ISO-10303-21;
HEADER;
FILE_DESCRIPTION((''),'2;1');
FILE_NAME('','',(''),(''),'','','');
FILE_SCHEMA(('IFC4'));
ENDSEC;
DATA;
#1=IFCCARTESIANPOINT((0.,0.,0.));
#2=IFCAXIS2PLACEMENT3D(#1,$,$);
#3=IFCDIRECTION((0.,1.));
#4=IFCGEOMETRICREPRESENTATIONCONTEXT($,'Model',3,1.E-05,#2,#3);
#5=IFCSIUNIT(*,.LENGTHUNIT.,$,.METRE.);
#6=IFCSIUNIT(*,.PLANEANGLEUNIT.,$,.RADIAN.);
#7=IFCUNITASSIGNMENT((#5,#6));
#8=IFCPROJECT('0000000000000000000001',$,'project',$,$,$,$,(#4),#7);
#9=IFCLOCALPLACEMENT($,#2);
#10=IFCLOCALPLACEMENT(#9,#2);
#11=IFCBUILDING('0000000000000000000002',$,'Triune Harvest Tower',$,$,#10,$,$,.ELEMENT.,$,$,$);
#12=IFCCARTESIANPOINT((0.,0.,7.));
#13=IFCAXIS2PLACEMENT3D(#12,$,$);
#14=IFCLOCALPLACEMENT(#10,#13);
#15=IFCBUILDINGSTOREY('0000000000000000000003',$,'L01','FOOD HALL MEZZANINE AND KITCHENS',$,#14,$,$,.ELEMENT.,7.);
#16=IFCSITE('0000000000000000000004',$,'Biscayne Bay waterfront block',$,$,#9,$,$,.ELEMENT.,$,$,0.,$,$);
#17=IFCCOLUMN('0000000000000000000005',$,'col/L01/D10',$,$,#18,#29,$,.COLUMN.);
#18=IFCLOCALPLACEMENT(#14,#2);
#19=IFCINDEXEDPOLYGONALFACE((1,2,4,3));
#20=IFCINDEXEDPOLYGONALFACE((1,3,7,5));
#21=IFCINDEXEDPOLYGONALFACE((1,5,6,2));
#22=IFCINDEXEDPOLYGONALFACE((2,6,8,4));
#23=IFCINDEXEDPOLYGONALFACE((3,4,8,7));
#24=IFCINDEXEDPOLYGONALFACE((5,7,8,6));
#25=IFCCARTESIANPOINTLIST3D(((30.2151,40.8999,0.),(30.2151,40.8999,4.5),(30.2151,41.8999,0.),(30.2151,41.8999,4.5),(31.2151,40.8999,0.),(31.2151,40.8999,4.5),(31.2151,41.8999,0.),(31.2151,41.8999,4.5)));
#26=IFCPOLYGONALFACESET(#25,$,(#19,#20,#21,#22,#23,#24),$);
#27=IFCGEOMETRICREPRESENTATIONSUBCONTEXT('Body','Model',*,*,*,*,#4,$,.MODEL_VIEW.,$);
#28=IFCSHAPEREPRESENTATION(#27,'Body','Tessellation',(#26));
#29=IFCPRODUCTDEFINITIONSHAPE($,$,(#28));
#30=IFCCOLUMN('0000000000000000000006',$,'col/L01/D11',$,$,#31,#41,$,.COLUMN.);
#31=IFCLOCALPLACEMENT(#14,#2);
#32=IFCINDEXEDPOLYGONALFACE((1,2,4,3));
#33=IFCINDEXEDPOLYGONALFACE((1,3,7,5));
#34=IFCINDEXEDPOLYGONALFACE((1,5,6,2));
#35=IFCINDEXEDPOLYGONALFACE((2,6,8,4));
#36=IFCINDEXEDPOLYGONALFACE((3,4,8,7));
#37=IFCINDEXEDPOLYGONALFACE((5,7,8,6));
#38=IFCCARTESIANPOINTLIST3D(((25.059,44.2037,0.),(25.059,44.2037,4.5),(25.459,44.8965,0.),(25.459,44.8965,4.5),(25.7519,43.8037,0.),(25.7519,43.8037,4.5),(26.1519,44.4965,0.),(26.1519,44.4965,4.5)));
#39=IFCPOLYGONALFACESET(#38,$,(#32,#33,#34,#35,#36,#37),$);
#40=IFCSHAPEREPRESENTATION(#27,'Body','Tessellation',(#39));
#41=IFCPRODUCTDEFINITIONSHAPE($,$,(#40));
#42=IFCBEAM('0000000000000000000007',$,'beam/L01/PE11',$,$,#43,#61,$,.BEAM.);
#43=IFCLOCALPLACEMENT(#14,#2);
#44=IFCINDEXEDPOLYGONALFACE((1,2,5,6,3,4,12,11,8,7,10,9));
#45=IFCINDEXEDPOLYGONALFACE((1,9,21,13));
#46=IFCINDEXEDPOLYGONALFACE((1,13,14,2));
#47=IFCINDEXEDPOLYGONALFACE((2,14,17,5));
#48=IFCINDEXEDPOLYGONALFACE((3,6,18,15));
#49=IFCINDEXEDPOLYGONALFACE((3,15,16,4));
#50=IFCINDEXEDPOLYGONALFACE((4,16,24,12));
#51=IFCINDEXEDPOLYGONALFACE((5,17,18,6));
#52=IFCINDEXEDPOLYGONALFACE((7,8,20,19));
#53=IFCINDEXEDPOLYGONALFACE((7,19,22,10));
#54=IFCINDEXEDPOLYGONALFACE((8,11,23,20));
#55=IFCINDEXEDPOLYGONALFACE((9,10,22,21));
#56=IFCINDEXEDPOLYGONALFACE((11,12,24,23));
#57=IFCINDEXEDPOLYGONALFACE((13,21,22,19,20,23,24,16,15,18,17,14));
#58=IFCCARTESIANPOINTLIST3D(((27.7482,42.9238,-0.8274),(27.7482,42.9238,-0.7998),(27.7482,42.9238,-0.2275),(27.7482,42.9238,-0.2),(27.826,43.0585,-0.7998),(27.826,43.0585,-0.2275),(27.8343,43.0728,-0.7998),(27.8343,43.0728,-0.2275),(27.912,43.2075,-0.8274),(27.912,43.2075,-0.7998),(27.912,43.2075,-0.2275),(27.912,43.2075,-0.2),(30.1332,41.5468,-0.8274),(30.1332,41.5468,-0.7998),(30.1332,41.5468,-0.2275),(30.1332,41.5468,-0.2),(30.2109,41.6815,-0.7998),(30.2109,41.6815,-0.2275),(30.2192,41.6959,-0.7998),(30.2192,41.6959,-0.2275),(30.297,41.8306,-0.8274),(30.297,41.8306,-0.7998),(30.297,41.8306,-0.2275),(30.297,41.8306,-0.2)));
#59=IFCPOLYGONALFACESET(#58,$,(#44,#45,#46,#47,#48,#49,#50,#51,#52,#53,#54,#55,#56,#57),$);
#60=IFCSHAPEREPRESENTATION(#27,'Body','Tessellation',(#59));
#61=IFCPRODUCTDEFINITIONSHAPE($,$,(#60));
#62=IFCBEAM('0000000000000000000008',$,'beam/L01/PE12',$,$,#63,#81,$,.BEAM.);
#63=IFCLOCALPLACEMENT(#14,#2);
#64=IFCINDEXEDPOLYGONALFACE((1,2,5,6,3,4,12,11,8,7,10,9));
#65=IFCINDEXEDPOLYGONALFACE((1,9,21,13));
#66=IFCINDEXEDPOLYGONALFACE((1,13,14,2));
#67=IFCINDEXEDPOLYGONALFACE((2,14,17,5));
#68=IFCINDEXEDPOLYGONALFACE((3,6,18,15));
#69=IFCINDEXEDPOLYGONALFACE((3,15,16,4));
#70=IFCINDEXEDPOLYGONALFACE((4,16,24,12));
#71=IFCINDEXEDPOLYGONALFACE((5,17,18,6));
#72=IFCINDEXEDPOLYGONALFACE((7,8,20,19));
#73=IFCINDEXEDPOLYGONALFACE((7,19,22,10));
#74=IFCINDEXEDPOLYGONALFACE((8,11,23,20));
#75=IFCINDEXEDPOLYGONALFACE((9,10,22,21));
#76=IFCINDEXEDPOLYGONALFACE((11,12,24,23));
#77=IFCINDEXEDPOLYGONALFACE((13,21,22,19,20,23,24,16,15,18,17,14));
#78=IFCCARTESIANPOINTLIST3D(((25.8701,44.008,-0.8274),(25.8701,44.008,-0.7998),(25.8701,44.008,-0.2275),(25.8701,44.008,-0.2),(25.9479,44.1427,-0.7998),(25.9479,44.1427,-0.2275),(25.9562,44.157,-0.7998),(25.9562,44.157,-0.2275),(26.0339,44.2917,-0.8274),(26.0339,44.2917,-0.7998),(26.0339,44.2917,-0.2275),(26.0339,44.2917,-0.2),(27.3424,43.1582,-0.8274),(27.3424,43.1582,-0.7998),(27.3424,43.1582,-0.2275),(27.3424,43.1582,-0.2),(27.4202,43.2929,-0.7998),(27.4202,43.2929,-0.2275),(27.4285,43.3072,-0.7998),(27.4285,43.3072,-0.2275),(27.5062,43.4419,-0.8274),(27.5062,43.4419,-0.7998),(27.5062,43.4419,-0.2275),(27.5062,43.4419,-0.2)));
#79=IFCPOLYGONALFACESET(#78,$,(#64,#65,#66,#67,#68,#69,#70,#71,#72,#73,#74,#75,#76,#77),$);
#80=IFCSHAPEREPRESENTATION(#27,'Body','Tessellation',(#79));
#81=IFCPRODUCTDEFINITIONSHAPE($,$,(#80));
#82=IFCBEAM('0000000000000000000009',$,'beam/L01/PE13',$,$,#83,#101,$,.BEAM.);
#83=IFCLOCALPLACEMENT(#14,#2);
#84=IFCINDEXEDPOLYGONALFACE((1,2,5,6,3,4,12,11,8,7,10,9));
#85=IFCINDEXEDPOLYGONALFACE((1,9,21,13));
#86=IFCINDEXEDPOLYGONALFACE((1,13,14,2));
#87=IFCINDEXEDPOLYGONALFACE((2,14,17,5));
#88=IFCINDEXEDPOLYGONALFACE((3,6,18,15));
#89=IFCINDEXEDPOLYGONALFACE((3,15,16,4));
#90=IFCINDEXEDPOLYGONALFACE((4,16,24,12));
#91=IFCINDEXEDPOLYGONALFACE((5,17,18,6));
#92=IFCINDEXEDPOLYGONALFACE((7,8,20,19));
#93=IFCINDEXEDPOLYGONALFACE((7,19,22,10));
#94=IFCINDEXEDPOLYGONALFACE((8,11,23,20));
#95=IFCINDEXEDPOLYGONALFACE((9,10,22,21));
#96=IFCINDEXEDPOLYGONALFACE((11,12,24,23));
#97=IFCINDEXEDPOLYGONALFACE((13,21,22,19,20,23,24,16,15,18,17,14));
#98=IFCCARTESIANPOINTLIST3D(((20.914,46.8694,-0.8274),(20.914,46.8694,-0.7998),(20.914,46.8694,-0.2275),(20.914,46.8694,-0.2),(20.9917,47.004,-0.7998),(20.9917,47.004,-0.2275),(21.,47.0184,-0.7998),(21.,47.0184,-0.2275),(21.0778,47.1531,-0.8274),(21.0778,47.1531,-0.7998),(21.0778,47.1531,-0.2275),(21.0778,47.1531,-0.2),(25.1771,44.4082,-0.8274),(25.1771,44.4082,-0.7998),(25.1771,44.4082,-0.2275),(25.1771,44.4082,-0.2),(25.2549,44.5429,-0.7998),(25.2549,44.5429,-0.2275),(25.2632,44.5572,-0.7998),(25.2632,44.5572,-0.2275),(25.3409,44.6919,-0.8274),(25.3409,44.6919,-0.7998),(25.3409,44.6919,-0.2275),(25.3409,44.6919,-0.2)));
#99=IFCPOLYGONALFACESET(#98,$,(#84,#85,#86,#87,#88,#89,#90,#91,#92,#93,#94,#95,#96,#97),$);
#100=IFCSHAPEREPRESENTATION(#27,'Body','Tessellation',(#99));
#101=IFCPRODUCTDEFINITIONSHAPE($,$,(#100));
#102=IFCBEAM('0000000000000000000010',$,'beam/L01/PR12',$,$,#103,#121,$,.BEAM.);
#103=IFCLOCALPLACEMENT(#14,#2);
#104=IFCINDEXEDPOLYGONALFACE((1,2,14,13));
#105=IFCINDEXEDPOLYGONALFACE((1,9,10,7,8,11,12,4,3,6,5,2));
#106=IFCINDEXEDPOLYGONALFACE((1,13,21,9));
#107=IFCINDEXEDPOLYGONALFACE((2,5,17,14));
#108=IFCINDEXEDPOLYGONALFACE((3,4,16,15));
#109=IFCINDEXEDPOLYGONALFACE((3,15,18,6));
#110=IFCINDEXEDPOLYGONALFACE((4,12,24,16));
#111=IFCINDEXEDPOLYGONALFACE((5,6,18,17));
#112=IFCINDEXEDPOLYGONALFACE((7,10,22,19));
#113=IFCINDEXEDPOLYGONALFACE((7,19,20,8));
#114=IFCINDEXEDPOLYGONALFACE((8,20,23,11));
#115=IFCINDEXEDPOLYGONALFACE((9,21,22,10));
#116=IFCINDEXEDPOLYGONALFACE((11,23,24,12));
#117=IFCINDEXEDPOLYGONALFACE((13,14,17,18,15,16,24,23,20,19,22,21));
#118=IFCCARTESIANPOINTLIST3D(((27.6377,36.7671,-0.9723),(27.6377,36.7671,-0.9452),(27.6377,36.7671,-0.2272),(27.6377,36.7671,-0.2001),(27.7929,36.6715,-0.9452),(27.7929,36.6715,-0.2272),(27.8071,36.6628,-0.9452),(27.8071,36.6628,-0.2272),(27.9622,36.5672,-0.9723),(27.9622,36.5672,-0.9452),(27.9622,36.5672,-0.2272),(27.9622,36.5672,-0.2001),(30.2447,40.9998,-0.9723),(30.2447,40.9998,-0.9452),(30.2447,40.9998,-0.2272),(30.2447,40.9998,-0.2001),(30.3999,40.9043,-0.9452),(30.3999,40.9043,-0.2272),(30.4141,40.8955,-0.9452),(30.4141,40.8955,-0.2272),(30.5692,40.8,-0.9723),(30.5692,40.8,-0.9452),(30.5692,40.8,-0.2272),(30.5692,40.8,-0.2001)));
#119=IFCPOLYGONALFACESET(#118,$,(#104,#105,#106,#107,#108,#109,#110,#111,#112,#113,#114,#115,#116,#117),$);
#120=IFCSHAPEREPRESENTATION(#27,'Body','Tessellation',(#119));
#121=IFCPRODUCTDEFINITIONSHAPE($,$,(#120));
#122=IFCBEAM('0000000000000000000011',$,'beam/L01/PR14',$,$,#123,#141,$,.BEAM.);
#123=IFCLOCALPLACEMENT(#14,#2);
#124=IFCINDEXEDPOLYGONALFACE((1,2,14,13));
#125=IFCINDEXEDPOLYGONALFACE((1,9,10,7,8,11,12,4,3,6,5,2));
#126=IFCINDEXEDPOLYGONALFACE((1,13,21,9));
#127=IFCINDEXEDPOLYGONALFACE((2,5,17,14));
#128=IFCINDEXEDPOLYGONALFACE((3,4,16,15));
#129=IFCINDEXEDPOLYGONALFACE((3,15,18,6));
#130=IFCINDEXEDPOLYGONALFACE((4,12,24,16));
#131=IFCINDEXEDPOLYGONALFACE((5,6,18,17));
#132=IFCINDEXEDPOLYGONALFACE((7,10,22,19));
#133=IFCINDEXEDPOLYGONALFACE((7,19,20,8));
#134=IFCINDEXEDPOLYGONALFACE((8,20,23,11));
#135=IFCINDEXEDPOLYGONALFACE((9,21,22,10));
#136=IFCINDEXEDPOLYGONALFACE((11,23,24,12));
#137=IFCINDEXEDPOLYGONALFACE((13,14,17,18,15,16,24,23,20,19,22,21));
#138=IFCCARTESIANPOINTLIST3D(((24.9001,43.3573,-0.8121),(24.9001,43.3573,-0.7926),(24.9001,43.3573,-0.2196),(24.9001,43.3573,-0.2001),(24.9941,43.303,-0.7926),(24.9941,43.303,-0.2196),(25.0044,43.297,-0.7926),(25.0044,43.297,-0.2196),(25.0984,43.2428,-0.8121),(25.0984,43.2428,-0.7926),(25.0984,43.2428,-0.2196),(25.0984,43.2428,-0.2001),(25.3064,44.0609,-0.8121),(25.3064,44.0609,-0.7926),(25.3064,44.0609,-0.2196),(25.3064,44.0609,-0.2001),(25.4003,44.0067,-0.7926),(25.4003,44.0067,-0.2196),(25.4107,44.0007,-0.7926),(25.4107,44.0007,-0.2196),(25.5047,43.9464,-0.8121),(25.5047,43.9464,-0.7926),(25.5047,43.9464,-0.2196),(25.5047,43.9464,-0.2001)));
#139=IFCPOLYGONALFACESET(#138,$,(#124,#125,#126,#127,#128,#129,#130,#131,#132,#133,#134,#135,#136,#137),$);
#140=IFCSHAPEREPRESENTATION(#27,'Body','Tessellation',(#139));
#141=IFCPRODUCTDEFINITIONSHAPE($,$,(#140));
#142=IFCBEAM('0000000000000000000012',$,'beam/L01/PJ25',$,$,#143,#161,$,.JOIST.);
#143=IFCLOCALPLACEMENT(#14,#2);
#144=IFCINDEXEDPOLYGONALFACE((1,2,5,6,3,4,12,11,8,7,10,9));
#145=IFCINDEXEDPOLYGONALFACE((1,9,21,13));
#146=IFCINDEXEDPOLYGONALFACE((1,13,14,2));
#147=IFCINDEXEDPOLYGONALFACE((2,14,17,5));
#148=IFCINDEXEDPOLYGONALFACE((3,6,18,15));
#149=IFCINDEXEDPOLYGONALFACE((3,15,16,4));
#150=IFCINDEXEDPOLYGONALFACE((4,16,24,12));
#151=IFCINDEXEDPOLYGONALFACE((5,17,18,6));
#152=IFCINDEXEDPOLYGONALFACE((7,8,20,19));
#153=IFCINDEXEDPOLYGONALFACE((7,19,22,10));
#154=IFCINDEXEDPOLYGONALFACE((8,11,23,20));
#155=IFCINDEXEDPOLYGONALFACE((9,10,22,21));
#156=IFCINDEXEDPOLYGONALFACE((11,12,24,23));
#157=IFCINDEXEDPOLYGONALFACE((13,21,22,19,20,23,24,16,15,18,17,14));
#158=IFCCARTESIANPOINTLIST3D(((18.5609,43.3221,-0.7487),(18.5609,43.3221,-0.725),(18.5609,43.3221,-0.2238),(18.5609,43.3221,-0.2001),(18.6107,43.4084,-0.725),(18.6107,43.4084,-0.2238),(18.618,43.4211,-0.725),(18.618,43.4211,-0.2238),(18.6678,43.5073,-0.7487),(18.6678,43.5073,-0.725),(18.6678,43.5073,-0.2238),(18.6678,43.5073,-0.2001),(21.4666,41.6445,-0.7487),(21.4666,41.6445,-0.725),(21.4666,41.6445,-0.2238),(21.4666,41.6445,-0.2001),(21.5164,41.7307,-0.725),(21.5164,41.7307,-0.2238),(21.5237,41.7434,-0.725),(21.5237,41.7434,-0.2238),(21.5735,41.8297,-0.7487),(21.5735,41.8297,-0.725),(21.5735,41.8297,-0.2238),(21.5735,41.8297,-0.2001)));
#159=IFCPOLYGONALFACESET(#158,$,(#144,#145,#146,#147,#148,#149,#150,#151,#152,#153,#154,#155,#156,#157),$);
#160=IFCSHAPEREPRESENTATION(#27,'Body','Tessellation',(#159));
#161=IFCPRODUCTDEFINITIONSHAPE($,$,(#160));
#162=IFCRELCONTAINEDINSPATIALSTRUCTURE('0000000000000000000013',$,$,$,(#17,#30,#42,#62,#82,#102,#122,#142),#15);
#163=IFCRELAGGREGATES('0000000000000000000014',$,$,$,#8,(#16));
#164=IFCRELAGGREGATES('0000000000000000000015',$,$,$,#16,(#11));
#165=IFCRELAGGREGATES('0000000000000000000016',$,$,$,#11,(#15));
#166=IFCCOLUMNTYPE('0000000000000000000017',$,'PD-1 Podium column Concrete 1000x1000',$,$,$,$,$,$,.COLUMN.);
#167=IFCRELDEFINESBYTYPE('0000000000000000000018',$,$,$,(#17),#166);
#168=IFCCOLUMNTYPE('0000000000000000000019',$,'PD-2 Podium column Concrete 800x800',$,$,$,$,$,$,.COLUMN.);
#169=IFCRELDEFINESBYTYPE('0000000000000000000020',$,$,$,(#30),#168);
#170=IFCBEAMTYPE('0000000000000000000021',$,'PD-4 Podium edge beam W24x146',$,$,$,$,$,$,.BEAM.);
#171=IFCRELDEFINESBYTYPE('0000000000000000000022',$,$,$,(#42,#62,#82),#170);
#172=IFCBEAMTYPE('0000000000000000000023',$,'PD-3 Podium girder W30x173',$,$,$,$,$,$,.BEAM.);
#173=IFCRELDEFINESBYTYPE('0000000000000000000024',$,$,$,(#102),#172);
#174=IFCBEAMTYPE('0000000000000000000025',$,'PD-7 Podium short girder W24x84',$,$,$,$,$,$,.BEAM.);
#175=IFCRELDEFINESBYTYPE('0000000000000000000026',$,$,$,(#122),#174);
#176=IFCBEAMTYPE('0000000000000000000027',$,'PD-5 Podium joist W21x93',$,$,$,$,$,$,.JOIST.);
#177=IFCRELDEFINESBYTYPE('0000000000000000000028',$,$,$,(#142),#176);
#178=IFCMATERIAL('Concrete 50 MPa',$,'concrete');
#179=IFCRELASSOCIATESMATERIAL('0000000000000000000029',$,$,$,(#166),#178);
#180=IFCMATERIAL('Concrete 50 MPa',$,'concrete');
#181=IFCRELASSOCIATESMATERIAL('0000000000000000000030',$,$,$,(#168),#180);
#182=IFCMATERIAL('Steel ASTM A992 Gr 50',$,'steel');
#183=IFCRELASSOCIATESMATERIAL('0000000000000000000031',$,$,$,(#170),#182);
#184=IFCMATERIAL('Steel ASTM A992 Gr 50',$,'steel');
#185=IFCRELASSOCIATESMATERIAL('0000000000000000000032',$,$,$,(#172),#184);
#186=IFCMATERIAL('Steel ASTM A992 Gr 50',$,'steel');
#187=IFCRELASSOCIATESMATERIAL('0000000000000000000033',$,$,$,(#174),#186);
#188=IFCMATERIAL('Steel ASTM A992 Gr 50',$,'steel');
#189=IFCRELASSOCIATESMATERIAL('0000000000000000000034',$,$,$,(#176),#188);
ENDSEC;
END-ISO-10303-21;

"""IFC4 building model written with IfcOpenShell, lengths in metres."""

from ifc_helpers import new_model, si_unit, direction, frame, origin, origin_2d, place, context, subcontext, project, spatial, rectangle, i_section, extrude, source, transform, mapped, material, material_profile, profile_set, type_object, element, save


model = new_model("IFC4")

# Units and contexts
model_context = context("Model", 3, precision=1e-05, world=origin(), true_north=direction((0.0, 1.0)))
body_context = subcontext(model_context, "Body", "Model", "MODEL_VIEW")
ifc_project = project(units=[si_unit("LENGTHUNIT", "METRE"), si_unit("PLANEANGLEUNIT", "RADIAN")], contexts=[model_context])

# Site, building, storey
site_placement = place(None, origin())
site = spatial("IfcSite", under=ifc_project, at=site_placement, Name="Biscayne Bay waterfront block", CompositionType="ELEMENT", RefElevation=0.0)
building_placement = place(site_placement, origin())
building = spatial("IfcBuilding", under=site, at=building_placement, Name="Triune Harvest Tower", CompositionType="ELEMENT")
storey_placement = place(building_placement, frame((0.0, 0.0, 7.0)))
storey = spatial("IfcBuildingStorey", under=building, at=storey_placement, Name="L01", Description="FOOD HALL MEZZANINE AND KITCHENS", CompositionType="ELEMENT", Elevation=7.0)

# Columns
ifc_material_1 = material(Name="Concrete 50 MPa", Category="concrete")
ifc_material_profile_1 = material_profile(ifc_material_1, rectangle(XDim=1.0, YDim=1.0, at=origin_2d()), Name="Concrete 1000x1000")
ifc_profile_set_1 = profile_set([ifc_material_profile_1], Name="Concrete 50 MPa")
column_type_1 = type_object("IfcColumnType", Name="PD-1 Podium column Concrete 1000x1000", PredefinedType="COLUMN", material=ifc_profile_set_1)
shared_shape_1 = source(origin(), body_context, "Body", "SweptSolid", [
    extrude(rectangle(XDim=1.0, YDim=1.0, at=origin_2d()), origin(), (0.0, 0.0, 1.0), 4.5),
])
column_1_placement = place(storey_placement, frame((30.7151, 41.3999, 0.0), z_axis=(0.0, 0.0, 1.0), x_axis=(0.0, 1.0, 0.0)))
element("IfcColumn", 1, at=column_1_placement, inside=storey, type_object=column_type_1, Name="col/L01/D10", PredefinedType="COLUMN", context=body_context, shape_type="MappedRepresentation", body=[
    mapped(shared_shape_1, transform((0.0, 0.0, 0.0), scale=1.0)),
])
ifc_material_2 = material(Name="Concrete 50 MPa", Category="concrete")
ifc_material_profile_2 = material_profile(ifc_material_2, rectangle(XDim=0.8, YDim=0.8, at=origin_2d()), Name="Concrete 800x800")
ifc_profile_set_2 = profile_set([ifc_material_profile_2], Name="Concrete 50 MPa")
column_type_2 = type_object("IfcColumnType", Name="PD-2 Podium column Concrete 800x800", PredefinedType="COLUMN", material=ifc_profile_set_2)
shared_shape_2 = source(origin(), body_context, "Body", "SweptSolid", [
    extrude(rectangle(XDim=0.8, YDim=0.8, at=origin_2d()), origin(), (0.0, 0.0, 1.0), 4.5),
])
column_2_placement = place(storey_placement, frame((25.6055, 44.3501, 0.0), z_axis=(0.0, 0.0, 1.0), x_axis=(-0.866027, 0.499997, 0.0)))
element("IfcColumn", 2, at=column_2_placement, inside=storey, type_object=column_type_2, Name="col/L01/D11", PredefinedType="COLUMN", context=body_context, shape_type="MappedRepresentation", body=[
    mapped(shared_shape_2, transform((0.0, 0.0, 0.0), scale=1.0)),
])

# Beams
ifc_material_3 = material(Name="Steel ASTM A992 Gr 50", Category="steel")
ifc_material_profile_3 = material_profile(ifc_material_3, i_section(OverallWidth=0.3276, OverallDepth=0.6274, WebThickness=0.0166, FlangeThickness=0.0276, at=origin_2d()), Name="W24x146")
ifc_profile_set_3 = profile_set([ifc_material_profile_3], Name="Steel ASTM A992 Gr 50")
beam_type_1 = type_object("IfcBeamType", Name="PD-4 Podium edge beam W24x146", PredefinedType="BEAM", material=ifc_profile_set_3)
shared_shape_3 = source(origin(), body_context, "Body", "SweptSolid", [
    extrude(i_section(OverallWidth=0.3276, OverallDepth=0.6274, WebThickness=0.0166, FlangeThickness=0.0276, at=origin_2d()), origin(), (0.0, 0.0, 1.0), 2.7539),
])
beam_1_placement = place(storey_placement, frame((30.2151, 41.6887, -0.5137), z_axis=(-0.866031, 0.499991, 0.0), x_axis=(-0.499991, -0.866031, 0.0)))
element("IfcBeam", 3, at=beam_1_placement, inside=storey, type_object=beam_type_1, Name="beam/L01/PE11", PredefinedType="BEAM", context=body_context, shape_type="MappedRepresentation", body=[
    mapped(shared_shape_3, transform((0.0, 0.0, 0.0), scale=1.0)),
])
shared_shape_4 = source(origin(), body_context, "Body", "SweptSolid", [
    extrude(i_section(OverallWidth=0.3276, OverallDepth=0.6274, WebThickness=0.0166, FlangeThickness=0.0276, at=origin_2d()), origin(), (0.0, 0.0, 1.0), 1.7),
])
beam_2_placement = place(storey_placement, frame((27.4243, 43.3, -0.5137), z_axis=(-0.866088, 0.499892, 0.0), x_axis=(-0.499892, -0.866088, 0.0)))
element("IfcBeam", 4, at=beam_2_placement, inside=storey, type_object=beam_type_1, Name="beam/L01/PE12", PredefinedType="BEAM", context=body_context, shape_type="MappedRepresentation", body=[
    mapped(shared_shape_4, transform((0.0, 0.0, 0.0), scale=1.0)),
])
shared_shape_5 = source(origin(), body_context, "Body", "SweptSolid", [
    extrude(i_section(OverallWidth=0.3276, OverallDepth=0.6274, WebThickness=0.0166, FlangeThickness=0.0276, at=origin_2d()), origin(), (0.0, 0.0, 1.0), 4.9226),
])
beam_3_placement = place(storey_placement, frame((25.259, 44.55, -0.5137), z_axis=(-0.86604, 0.499974, 0.0), x_axis=(-0.499974, -0.86604, 0.0)))
element("IfcBeam", 5, at=beam_3_placement, inside=storey, type_object=beam_type_1, Name="beam/L01/PE13", PredefinedType="BEAM", context=body_context, shape_type="MappedRepresentation", body=[
    mapped(shared_shape_5, transform((0.0, 0.0, 0.0), scale=1.0)),
])
ifc_material_4 = material(Name="Steel ASTM A992 Gr 50", Category="steel")
ifc_material_profile_4 = material_profile(ifc_material_4, i_section(OverallWidth=0.3811, OverallDepth=0.7722, WebThickness=0.0166, FlangeThickness=0.0271, at=origin_2d()), Name="W30x173")
ifc_profile_set_4 = profile_set([ifc_material_profile_4], Name="Steel ASTM A992 Gr 50")
beam_type_2 = type_object("IfcBeamType", Name="PD-3 Podium girder W30x173", PredefinedType="BEAM", material=ifc_profile_set_4)
shared_shape_6 = source(origin(), body_context, "Body", "SweptSolid", [
    extrude(i_section(OverallWidth=0.3811, OverallDepth=0.7722, WebThickness=0.0166, FlangeThickness=0.0271, at=origin_2d()), origin(), (0.0, 0.0, 1.0), 4.9712),
])
beam_4_placement = place(storey_placement, frame((30.407, 40.8999, -0.5862), z_axis=(-0.524421, -0.851459, 0.0), x_axis=(0.851459, -0.524421, 0.0)))
element("IfcBeam", 6, at=beam_4_placement, inside=storey, type_object=beam_type_2, Name="beam/L01/PR12", PredefinedType="BEAM", context=body_context, shape_type="MappedRepresentation", body=[
    mapped(shared_shape_6, transform((0.0, 0.0, 0.0), scale=1.0)),
])
ifc_material_5 = material(Name="Steel ASTM A992 Gr 50", Category="steel")
ifc_material_profile_5 = material_profile(ifc_material_5, i_section(OverallWidth=0.229, OverallDepth=0.6121, WebThickness=0.012, FlangeThickness=0.0195, at=origin_2d()), Name="W24x84")
ifc_profile_set_5 = profile_set([ifc_material_profile_5], Name="Steel ASTM A992 Gr 50")
beam_type_3 = type_object("IfcBeamType", Name="PD-7 Podium short girder W24x84", PredefinedType="BEAM", material=ifc_profile_set_5)
shared_shape_7 = source(origin(), body_context, "Body", "SweptSolid", [
    extrude(i_section(OverallWidth=0.229, OverallDepth=0.6121, WebThickness=0.012, FlangeThickness=0.0195, at=origin_2d()), origin(), (0.0, 0.0, 1.0), 0.8125),
])
beam_5_placement = place(storey_placement, frame((25.4055, 44.0037, -0.5061), z_axis=(-0.500017, -0.866015, 0.0), x_axis=(0.866015, -0.500017, 0.0)))
element("IfcBeam", 7, at=beam_5_placement, inside=storey, type_object=beam_type_3, Name="beam/L01/PR14", PredefinedType="BEAM", context=body_context, shape_type="MappedRepresentation", body=[
    mapped(shared_shape_7, transform((0.0, 0.0, 0.0), scale=1.0)),
])
ifc_material_6 = material(Name="Steel ASTM A992 Gr 50", Category="steel")
ifc_material_profile_6 = material_profile(ifc_material_6, i_section(OverallWidth=0.2139, OverallDepth=0.5486, WebThickness=0.0146, FlangeThickness=0.0237, at=origin_2d()), Name="W21x93")
ifc_profile_set_6 = profile_set([ifc_material_profile_6], Name="Steel ASTM A992 Gr 50")
beam_type_4 = type_object("IfcBeamType", Name="PD-5 Podium joist W21x93", PredefinedType="JOIST", material=ifc_profile_set_6)
shared_shape_8 = source(origin(), body_context, "Body", "SweptSolid", [
    extrude(i_section(OverallWidth=0.2139, OverallDepth=0.5486, WebThickness=0.0146, FlangeThickness=0.0237, at=origin_2d()), origin(), (0.0, 0.0, 1.0), 3.3552),
])
beam_6_placement = place(storey_placement, frame((21.52, 41.7371, -0.4744), z_axis=(-0.866014, 0.500021, 0.0), x_axis=(-0.500021, -0.866014, 0.0)))
element("IfcBeam", 8, at=beam_6_placement, inside=storey, type_object=beam_type_4, Name="beam/L01/PJ25", PredefinedType="JOIST", context=body_context, shape_type="MappedRepresentation", body=[
    mapped(shared_shape_8, transform((0.0, 0.0, 0.0), scale=1.0)),
])

save(model, "model.ifc")
